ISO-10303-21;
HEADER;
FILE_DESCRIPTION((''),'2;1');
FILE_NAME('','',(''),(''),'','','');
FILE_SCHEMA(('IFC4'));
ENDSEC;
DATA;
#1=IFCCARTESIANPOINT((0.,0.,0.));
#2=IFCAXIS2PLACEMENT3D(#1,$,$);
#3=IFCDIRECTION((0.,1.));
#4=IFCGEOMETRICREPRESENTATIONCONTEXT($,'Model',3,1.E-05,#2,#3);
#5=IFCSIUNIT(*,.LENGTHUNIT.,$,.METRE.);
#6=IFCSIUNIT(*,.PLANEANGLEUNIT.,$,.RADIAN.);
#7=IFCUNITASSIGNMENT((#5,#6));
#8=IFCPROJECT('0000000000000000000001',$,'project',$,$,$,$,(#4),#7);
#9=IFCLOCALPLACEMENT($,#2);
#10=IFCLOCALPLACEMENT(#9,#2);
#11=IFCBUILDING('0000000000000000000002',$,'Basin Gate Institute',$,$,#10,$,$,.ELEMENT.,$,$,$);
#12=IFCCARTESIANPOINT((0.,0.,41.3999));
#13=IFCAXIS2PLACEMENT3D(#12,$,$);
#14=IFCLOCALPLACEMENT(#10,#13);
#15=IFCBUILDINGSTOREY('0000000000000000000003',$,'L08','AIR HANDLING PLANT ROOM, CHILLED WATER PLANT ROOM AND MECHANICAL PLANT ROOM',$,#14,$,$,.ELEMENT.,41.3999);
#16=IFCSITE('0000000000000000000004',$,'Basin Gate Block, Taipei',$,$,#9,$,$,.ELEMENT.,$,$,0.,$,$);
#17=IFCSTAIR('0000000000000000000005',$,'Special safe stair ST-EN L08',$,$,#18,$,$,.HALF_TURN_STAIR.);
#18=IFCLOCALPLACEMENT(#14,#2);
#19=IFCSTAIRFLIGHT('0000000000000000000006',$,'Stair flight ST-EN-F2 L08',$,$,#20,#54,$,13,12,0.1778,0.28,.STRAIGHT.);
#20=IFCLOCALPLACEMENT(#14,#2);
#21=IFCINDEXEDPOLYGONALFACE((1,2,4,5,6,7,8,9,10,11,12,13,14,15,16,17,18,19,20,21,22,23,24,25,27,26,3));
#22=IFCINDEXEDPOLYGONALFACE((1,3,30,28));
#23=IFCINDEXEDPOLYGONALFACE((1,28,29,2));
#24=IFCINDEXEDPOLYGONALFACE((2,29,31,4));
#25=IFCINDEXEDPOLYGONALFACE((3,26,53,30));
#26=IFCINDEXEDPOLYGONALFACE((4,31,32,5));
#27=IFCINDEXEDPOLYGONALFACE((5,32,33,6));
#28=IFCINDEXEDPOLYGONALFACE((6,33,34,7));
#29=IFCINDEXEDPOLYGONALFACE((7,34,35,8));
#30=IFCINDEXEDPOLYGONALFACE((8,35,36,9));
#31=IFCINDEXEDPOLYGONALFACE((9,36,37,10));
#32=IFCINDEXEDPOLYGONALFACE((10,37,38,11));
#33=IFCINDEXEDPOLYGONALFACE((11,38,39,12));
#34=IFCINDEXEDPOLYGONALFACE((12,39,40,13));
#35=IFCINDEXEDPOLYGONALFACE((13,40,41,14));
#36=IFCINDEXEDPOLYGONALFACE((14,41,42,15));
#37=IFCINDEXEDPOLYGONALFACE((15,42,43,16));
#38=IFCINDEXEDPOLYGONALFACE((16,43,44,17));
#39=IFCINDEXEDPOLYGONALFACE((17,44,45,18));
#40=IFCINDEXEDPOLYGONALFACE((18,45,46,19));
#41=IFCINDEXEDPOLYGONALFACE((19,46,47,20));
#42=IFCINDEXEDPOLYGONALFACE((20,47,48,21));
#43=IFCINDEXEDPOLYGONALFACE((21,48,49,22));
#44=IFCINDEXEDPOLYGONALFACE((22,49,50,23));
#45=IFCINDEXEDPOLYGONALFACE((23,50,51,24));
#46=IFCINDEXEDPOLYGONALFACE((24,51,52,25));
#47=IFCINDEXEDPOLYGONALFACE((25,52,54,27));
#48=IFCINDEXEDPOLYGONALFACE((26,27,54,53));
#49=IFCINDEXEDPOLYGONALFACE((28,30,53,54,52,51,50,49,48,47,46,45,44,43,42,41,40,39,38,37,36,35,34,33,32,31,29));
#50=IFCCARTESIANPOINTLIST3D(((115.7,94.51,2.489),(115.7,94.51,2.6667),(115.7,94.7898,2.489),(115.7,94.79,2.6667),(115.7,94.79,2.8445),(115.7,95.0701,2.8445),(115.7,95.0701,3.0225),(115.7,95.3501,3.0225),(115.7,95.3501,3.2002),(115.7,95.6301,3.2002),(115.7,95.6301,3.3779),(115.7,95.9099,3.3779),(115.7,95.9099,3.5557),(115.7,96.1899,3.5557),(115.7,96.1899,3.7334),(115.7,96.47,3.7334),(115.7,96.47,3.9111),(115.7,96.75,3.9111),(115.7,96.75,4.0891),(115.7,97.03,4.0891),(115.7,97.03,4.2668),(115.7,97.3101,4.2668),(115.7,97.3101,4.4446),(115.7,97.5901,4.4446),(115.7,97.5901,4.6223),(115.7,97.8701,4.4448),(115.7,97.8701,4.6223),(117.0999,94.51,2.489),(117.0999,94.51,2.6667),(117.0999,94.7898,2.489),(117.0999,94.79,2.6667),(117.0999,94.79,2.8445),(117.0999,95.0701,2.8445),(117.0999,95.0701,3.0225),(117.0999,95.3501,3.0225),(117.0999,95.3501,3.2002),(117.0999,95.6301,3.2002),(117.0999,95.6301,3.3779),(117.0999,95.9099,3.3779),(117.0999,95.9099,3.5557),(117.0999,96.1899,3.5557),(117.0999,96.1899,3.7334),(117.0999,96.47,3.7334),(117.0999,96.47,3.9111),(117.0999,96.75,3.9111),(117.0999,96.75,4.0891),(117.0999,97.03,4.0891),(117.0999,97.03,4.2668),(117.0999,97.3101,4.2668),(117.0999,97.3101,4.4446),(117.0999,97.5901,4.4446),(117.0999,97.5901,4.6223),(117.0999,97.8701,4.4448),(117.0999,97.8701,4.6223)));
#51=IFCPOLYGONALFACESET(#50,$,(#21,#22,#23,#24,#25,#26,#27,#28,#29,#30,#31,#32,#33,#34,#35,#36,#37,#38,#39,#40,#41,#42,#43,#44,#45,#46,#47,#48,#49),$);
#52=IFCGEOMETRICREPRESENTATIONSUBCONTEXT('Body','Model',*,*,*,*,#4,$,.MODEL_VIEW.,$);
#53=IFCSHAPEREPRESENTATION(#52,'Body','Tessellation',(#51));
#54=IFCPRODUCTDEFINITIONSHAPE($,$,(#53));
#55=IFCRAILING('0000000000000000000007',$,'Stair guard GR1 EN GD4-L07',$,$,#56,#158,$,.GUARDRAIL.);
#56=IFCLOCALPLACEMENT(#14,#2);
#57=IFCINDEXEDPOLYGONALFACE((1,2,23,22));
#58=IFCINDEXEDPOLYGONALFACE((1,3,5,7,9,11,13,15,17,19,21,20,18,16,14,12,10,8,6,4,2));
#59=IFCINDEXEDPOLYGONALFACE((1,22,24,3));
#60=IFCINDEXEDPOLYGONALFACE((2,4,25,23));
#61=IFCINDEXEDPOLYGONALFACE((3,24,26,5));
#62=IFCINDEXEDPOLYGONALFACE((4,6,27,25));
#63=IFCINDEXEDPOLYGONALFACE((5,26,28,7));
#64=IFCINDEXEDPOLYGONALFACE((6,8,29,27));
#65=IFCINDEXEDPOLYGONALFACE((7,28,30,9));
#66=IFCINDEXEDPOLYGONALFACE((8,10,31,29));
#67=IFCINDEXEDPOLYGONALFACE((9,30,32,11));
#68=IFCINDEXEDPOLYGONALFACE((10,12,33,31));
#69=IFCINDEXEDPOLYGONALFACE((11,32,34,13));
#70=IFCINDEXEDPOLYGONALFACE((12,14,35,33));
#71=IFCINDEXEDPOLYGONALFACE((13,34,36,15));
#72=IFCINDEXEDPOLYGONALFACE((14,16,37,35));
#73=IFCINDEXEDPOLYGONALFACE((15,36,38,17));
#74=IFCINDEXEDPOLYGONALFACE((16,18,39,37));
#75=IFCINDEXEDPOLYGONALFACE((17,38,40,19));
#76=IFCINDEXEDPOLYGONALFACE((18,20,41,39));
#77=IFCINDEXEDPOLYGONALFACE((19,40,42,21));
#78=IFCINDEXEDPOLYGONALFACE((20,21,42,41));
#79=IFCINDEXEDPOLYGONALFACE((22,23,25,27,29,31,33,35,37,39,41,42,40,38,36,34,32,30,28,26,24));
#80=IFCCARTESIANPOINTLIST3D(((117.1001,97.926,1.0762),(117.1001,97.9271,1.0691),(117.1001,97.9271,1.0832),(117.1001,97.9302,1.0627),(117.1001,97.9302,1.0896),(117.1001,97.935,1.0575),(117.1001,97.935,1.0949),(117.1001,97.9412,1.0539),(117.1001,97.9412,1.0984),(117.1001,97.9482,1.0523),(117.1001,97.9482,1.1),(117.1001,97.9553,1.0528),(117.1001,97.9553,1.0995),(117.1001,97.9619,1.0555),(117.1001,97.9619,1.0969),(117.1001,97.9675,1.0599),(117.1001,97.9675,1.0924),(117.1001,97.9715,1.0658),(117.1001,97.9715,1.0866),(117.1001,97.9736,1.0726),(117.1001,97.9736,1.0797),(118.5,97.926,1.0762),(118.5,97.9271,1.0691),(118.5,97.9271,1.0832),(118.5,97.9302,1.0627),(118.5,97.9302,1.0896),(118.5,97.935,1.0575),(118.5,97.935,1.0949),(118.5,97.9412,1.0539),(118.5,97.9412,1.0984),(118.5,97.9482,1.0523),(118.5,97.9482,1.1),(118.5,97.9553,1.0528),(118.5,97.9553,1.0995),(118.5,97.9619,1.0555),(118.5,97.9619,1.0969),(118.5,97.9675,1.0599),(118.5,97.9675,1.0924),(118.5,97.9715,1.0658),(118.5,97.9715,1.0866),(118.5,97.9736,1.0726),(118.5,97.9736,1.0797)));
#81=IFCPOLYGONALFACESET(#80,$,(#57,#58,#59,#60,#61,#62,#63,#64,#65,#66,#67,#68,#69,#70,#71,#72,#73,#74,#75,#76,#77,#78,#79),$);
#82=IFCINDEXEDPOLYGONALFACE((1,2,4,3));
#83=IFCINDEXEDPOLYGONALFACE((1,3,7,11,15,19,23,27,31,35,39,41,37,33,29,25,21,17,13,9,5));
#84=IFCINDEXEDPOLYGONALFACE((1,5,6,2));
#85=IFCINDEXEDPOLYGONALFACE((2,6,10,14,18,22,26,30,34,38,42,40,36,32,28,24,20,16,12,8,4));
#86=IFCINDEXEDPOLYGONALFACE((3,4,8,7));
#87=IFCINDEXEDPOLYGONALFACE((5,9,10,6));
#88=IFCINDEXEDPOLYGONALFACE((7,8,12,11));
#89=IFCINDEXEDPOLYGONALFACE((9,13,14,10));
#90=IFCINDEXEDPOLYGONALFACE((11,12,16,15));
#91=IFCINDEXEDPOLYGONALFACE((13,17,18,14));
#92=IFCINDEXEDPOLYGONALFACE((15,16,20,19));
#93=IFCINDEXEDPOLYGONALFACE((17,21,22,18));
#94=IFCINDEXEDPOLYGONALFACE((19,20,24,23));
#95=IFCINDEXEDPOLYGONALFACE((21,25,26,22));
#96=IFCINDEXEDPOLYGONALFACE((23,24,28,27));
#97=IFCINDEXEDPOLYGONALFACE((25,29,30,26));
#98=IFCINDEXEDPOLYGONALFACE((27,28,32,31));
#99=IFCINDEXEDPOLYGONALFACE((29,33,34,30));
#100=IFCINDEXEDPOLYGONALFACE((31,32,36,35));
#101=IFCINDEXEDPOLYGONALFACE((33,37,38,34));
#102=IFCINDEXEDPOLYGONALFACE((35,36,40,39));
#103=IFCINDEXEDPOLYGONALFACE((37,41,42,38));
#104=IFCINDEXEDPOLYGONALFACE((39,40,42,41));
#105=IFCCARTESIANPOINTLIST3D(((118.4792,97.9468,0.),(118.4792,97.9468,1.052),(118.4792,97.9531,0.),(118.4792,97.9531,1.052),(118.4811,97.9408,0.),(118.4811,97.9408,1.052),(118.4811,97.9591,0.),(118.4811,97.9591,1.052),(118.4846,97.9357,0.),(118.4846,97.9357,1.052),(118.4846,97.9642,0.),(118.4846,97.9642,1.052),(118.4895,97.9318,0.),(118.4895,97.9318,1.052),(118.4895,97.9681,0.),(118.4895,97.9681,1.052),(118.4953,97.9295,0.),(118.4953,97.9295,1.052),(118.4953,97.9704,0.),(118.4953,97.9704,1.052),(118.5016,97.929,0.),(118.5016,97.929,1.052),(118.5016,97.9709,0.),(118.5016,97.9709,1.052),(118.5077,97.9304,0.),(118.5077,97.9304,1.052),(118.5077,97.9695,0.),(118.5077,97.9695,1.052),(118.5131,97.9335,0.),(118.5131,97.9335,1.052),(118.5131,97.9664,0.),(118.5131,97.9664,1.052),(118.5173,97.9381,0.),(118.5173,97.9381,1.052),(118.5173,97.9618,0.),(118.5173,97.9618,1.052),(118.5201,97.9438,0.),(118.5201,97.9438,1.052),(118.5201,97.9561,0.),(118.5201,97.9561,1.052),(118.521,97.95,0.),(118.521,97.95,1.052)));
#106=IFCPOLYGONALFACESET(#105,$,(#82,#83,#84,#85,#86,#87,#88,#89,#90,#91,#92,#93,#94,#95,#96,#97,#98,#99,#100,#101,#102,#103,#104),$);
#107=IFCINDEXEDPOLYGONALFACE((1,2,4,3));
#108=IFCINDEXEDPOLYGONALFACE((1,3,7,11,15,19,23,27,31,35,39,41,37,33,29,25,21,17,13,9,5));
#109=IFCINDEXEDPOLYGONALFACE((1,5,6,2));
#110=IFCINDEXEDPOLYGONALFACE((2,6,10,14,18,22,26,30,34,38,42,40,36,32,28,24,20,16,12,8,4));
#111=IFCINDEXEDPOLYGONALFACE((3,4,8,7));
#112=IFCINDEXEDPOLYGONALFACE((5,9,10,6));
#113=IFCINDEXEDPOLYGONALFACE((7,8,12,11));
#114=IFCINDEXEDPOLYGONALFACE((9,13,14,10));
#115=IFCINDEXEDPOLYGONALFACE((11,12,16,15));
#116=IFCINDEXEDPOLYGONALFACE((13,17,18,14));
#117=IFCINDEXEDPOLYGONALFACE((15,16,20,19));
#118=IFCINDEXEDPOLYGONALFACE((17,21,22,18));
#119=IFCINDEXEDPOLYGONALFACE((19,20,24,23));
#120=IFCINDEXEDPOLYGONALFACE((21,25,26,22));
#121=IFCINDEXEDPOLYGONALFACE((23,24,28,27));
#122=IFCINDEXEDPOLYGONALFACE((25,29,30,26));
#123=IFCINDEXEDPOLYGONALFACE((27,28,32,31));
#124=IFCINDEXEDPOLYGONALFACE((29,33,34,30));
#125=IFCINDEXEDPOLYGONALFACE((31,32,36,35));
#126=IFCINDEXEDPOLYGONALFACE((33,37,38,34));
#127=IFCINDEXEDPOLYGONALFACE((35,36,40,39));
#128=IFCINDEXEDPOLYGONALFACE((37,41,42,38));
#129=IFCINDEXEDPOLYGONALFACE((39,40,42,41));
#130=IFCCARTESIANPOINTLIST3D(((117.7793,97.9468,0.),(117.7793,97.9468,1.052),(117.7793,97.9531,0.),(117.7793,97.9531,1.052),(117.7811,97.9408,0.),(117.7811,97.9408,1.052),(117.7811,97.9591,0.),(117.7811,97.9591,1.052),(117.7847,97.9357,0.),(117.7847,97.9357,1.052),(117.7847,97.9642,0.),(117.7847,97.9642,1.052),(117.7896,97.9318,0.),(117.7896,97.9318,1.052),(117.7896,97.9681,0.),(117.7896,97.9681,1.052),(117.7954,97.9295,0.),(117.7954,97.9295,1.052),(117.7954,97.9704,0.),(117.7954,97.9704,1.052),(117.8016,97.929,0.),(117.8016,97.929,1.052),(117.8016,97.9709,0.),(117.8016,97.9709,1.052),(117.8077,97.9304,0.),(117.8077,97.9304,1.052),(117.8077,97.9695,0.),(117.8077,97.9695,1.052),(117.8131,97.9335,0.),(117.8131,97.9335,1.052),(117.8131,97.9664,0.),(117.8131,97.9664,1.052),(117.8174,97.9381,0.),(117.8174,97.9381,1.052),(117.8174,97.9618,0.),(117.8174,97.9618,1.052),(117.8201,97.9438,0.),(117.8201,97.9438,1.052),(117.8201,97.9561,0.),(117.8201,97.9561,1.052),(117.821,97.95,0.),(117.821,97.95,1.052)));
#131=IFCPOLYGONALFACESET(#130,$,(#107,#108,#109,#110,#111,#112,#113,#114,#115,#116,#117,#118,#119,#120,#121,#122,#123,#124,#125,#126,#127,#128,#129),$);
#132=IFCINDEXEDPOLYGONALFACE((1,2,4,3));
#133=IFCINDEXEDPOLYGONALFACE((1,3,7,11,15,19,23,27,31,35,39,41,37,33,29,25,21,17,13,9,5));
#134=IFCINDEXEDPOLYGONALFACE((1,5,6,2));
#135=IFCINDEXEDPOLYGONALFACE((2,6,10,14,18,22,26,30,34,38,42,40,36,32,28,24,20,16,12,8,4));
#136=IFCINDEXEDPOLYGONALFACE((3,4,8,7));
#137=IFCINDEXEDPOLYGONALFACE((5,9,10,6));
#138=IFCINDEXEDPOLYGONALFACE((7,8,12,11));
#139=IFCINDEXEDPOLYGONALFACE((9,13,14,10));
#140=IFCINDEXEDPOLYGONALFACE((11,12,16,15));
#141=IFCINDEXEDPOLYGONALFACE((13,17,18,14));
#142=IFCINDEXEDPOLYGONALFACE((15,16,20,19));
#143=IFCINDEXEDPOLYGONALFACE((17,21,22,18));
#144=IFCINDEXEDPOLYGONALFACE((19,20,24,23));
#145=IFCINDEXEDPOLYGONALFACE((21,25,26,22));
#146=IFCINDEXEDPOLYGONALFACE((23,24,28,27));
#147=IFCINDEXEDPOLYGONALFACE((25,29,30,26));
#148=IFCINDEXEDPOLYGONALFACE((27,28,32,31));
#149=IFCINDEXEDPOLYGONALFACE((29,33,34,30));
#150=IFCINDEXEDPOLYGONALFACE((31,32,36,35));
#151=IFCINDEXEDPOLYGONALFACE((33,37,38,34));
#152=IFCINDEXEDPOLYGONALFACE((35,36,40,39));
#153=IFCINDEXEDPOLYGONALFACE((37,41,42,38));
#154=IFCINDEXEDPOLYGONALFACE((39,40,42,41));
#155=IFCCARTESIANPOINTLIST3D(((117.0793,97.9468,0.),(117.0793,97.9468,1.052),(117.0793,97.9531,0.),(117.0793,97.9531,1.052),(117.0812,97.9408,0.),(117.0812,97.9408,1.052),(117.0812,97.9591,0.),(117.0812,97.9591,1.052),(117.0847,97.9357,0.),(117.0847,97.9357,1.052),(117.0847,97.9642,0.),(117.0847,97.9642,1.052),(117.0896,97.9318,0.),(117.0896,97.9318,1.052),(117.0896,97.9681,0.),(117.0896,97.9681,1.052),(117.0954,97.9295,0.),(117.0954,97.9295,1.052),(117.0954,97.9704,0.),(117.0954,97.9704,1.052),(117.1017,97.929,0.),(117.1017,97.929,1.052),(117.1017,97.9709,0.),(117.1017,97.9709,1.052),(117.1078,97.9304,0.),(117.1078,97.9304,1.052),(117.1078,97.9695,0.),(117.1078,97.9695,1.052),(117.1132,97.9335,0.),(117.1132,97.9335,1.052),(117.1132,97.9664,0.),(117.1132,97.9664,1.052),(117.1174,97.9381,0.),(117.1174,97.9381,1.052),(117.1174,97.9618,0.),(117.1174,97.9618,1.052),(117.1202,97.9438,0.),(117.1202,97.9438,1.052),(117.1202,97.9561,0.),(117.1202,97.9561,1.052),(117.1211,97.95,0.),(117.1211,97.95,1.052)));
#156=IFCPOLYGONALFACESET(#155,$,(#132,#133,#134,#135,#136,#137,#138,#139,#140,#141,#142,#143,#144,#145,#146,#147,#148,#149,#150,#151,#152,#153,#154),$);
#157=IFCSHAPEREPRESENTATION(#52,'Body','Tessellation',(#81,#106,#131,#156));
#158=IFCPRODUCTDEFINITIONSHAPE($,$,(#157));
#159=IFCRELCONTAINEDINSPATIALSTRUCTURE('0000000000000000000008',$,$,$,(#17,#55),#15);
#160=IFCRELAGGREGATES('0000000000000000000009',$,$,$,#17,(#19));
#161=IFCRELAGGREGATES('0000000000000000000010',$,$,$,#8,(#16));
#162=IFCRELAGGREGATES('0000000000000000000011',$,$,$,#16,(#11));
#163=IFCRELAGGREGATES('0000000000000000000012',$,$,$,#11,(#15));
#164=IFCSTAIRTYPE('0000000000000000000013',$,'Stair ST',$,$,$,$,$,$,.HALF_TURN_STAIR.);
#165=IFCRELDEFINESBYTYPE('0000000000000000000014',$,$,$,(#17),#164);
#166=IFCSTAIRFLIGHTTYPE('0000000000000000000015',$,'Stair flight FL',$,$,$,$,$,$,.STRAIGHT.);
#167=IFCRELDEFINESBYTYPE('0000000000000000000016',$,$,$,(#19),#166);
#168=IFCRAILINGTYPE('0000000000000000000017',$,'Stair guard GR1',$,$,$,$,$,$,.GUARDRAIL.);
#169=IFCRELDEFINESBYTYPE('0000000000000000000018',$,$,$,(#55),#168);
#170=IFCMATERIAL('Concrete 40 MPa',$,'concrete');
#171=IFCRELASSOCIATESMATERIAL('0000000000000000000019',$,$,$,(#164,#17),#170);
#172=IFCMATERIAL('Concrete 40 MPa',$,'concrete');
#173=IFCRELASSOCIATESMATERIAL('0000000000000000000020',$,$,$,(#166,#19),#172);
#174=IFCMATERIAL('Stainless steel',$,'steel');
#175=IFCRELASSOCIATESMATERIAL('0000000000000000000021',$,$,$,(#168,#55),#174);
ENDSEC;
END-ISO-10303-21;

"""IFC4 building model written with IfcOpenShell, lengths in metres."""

from ifc_helpers import new_model, si_unit, direction, frame, origin, origin_2d, place, context, subcontext, project, spatial, polyline, circle, outline, extrude, material, type_object, element, aggregate, save


model = new_model("IFC4")

# Units and contexts
model_context = context("Model", 3, precision=1e-05, world=origin(), true_north=direction((0.0, 1.0)))
body_context = subcontext(model_context, "Body", "Model", "MODEL_VIEW")
ifc_project = project(units=[si_unit("LENGTHUNIT", "METRE"), si_unit("PLANEANGLEUNIT", "RADIAN")], contexts=[model_context])

# Site, building, storey
site_placement = place(None, origin())
site = spatial("IfcSite", under=ifc_project, at=site_placement, Name="Basin Gate Block, Taipei", CompositionType="ELEMENT", RefElevation=0.0)
building_placement = place(site_placement, origin())
building = spatial("IfcBuilding", under=site, at=building_placement, Name="Basin Gate Institute", CompositionType="ELEMENT")
storey_placement = place(building_placement, frame((0.0, 0.0, 41.3999)))
storey = spatial("IfcBuildingStorey", under=building, at=storey_placement, Name="L08", Description="AIR HANDLING PLANT ROOM, CHILLED WATER PLANT ROOM AND MECHANICAL PLANT ROOM", CompositionType="ELEMENT", Elevation=41.3999)

# Stair, stair flight
ifc_material_1 = material(Name="Concrete 40 MPa", Category="concrete")
stair_type = type_object("IfcStairType", Name="Stair ST", PredefinedType="HALF_TURN_STAIR", material=ifc_material_1)
stair_placement = place(storey_placement, origin())
stair = element("IfcStair", 1, at=stair_placement, inside=storey, type_object=stair_type, material=ifc_material_1, Name="Special safe stair ST-EN L08", PredefinedType="HALF_TURN_STAIR")
ifc_material_2 = material(Name="Concrete 40 MPa", Category="concrete")
stair_flight_type = type_object("IfcStairFlightType", Name="Stair flight FL", PredefinedType="STRAIGHT", material=ifc_material_2)
stair_flight_1_placement = place(storey_placement, frame((116.3999, 94.51, 2.489), z_axis=(0.0, 0.0, 1.0), x_axis=(0.0, 1.0, 0.0)))
stair_flight_1 = element("IfcStairFlight", 2, at=stair_flight_1_placement, type_object=stair_flight_type, material=ifc_material_2, Name="Stair flight ST-EN-F2 L08", NumberOfRisers=13, NumberOfTreads=12, PredefinedType="STRAIGHT", RiserHeight=0.1778, TreadLength=0.28, context=body_context, shape_type="SweptSolid", body=[
    extrude(outline(polyline([(0.0, 0.0), (0.0, 0.1777), (0.28, 0.1777), (0.28, 0.3555), (0.5601, 0.3555), (0.5601, 0.5334), (0.8401, 0.5334), (0.8401, 0.7112), (1.1201, 0.7112), (1.1201, 0.8889), (1.3999, 0.8889), (1.3999, 1.0667), (1.6799, 1.0667), (1.6799, 1.2444), (1.96, 1.2444), (1.96, 1.4221), (2.24, 1.4221), (2.24, 1.6001), (2.52, 1.6001), (2.52, 1.7778), (2.8, 1.7778), (2.8, 1.9556), (3.0801, 1.9556), (3.0801, 2.1333), (3.3601, 2.1333), (3.3601, 2.311), (3.3601, 1.9558), (0.2798, 0.0), (0.0, 0.0)])), frame((0.0, 0.7, 0.0), z_axis=(0.0, -1.0, 0.0), x_axis=(1.0, 0.0, 0.0)), (0.0, 0.0, 1.0), 1.3999),
])
aggregate(stair, [stair_flight_1])

# Railing
ifc_material_3 = material(Name="Stainless steel", Category="steel")
railing_type_1 = type_object("IfcRailingType", Name="Stair guard GR1", PredefinedType="GUARDRAIL", material=ifc_material_3)
railing_1_placement = place(storey_placement, frame((118.5, 97.95, 0.0)))
element("IfcRailing", 3, at=railing_1_placement, inside=storey, type_object=railing_type_1, material=ifc_material_3, Name="Stair guard GR1 EN GD4-L07", PredefinedType="GUARDRAIL", context=body_context, shape_type="SweptSolid", body=[
    extrude(circle(Radius=0.0239, at=origin_2d()), frame((0.0, 0.0, 1.0762), z_axis=(-1.0, 0.0, 0.0), x_axis=(0.0, -1.0, 0.0)), (0.0, 0.0, 1.0), 1.3999),
    extrude(circle(Radius=0.021, at=origin_2d()), origin(), (0.0, 0.0, 1.0), 1.052),
    extrude(circle(Radius=0.021, at=origin_2d()), frame((-0.7, 0.0, 0.0)), (0.0, 0.0, 1.0), 1.052),
    extrude(circle(Radius=0.021, at=origin_2d()), frame((-1.3999, 0.0, 0.0)), (0.0, 0.0, 1.0), 1.052),
])

save(model, "model.ifc")
